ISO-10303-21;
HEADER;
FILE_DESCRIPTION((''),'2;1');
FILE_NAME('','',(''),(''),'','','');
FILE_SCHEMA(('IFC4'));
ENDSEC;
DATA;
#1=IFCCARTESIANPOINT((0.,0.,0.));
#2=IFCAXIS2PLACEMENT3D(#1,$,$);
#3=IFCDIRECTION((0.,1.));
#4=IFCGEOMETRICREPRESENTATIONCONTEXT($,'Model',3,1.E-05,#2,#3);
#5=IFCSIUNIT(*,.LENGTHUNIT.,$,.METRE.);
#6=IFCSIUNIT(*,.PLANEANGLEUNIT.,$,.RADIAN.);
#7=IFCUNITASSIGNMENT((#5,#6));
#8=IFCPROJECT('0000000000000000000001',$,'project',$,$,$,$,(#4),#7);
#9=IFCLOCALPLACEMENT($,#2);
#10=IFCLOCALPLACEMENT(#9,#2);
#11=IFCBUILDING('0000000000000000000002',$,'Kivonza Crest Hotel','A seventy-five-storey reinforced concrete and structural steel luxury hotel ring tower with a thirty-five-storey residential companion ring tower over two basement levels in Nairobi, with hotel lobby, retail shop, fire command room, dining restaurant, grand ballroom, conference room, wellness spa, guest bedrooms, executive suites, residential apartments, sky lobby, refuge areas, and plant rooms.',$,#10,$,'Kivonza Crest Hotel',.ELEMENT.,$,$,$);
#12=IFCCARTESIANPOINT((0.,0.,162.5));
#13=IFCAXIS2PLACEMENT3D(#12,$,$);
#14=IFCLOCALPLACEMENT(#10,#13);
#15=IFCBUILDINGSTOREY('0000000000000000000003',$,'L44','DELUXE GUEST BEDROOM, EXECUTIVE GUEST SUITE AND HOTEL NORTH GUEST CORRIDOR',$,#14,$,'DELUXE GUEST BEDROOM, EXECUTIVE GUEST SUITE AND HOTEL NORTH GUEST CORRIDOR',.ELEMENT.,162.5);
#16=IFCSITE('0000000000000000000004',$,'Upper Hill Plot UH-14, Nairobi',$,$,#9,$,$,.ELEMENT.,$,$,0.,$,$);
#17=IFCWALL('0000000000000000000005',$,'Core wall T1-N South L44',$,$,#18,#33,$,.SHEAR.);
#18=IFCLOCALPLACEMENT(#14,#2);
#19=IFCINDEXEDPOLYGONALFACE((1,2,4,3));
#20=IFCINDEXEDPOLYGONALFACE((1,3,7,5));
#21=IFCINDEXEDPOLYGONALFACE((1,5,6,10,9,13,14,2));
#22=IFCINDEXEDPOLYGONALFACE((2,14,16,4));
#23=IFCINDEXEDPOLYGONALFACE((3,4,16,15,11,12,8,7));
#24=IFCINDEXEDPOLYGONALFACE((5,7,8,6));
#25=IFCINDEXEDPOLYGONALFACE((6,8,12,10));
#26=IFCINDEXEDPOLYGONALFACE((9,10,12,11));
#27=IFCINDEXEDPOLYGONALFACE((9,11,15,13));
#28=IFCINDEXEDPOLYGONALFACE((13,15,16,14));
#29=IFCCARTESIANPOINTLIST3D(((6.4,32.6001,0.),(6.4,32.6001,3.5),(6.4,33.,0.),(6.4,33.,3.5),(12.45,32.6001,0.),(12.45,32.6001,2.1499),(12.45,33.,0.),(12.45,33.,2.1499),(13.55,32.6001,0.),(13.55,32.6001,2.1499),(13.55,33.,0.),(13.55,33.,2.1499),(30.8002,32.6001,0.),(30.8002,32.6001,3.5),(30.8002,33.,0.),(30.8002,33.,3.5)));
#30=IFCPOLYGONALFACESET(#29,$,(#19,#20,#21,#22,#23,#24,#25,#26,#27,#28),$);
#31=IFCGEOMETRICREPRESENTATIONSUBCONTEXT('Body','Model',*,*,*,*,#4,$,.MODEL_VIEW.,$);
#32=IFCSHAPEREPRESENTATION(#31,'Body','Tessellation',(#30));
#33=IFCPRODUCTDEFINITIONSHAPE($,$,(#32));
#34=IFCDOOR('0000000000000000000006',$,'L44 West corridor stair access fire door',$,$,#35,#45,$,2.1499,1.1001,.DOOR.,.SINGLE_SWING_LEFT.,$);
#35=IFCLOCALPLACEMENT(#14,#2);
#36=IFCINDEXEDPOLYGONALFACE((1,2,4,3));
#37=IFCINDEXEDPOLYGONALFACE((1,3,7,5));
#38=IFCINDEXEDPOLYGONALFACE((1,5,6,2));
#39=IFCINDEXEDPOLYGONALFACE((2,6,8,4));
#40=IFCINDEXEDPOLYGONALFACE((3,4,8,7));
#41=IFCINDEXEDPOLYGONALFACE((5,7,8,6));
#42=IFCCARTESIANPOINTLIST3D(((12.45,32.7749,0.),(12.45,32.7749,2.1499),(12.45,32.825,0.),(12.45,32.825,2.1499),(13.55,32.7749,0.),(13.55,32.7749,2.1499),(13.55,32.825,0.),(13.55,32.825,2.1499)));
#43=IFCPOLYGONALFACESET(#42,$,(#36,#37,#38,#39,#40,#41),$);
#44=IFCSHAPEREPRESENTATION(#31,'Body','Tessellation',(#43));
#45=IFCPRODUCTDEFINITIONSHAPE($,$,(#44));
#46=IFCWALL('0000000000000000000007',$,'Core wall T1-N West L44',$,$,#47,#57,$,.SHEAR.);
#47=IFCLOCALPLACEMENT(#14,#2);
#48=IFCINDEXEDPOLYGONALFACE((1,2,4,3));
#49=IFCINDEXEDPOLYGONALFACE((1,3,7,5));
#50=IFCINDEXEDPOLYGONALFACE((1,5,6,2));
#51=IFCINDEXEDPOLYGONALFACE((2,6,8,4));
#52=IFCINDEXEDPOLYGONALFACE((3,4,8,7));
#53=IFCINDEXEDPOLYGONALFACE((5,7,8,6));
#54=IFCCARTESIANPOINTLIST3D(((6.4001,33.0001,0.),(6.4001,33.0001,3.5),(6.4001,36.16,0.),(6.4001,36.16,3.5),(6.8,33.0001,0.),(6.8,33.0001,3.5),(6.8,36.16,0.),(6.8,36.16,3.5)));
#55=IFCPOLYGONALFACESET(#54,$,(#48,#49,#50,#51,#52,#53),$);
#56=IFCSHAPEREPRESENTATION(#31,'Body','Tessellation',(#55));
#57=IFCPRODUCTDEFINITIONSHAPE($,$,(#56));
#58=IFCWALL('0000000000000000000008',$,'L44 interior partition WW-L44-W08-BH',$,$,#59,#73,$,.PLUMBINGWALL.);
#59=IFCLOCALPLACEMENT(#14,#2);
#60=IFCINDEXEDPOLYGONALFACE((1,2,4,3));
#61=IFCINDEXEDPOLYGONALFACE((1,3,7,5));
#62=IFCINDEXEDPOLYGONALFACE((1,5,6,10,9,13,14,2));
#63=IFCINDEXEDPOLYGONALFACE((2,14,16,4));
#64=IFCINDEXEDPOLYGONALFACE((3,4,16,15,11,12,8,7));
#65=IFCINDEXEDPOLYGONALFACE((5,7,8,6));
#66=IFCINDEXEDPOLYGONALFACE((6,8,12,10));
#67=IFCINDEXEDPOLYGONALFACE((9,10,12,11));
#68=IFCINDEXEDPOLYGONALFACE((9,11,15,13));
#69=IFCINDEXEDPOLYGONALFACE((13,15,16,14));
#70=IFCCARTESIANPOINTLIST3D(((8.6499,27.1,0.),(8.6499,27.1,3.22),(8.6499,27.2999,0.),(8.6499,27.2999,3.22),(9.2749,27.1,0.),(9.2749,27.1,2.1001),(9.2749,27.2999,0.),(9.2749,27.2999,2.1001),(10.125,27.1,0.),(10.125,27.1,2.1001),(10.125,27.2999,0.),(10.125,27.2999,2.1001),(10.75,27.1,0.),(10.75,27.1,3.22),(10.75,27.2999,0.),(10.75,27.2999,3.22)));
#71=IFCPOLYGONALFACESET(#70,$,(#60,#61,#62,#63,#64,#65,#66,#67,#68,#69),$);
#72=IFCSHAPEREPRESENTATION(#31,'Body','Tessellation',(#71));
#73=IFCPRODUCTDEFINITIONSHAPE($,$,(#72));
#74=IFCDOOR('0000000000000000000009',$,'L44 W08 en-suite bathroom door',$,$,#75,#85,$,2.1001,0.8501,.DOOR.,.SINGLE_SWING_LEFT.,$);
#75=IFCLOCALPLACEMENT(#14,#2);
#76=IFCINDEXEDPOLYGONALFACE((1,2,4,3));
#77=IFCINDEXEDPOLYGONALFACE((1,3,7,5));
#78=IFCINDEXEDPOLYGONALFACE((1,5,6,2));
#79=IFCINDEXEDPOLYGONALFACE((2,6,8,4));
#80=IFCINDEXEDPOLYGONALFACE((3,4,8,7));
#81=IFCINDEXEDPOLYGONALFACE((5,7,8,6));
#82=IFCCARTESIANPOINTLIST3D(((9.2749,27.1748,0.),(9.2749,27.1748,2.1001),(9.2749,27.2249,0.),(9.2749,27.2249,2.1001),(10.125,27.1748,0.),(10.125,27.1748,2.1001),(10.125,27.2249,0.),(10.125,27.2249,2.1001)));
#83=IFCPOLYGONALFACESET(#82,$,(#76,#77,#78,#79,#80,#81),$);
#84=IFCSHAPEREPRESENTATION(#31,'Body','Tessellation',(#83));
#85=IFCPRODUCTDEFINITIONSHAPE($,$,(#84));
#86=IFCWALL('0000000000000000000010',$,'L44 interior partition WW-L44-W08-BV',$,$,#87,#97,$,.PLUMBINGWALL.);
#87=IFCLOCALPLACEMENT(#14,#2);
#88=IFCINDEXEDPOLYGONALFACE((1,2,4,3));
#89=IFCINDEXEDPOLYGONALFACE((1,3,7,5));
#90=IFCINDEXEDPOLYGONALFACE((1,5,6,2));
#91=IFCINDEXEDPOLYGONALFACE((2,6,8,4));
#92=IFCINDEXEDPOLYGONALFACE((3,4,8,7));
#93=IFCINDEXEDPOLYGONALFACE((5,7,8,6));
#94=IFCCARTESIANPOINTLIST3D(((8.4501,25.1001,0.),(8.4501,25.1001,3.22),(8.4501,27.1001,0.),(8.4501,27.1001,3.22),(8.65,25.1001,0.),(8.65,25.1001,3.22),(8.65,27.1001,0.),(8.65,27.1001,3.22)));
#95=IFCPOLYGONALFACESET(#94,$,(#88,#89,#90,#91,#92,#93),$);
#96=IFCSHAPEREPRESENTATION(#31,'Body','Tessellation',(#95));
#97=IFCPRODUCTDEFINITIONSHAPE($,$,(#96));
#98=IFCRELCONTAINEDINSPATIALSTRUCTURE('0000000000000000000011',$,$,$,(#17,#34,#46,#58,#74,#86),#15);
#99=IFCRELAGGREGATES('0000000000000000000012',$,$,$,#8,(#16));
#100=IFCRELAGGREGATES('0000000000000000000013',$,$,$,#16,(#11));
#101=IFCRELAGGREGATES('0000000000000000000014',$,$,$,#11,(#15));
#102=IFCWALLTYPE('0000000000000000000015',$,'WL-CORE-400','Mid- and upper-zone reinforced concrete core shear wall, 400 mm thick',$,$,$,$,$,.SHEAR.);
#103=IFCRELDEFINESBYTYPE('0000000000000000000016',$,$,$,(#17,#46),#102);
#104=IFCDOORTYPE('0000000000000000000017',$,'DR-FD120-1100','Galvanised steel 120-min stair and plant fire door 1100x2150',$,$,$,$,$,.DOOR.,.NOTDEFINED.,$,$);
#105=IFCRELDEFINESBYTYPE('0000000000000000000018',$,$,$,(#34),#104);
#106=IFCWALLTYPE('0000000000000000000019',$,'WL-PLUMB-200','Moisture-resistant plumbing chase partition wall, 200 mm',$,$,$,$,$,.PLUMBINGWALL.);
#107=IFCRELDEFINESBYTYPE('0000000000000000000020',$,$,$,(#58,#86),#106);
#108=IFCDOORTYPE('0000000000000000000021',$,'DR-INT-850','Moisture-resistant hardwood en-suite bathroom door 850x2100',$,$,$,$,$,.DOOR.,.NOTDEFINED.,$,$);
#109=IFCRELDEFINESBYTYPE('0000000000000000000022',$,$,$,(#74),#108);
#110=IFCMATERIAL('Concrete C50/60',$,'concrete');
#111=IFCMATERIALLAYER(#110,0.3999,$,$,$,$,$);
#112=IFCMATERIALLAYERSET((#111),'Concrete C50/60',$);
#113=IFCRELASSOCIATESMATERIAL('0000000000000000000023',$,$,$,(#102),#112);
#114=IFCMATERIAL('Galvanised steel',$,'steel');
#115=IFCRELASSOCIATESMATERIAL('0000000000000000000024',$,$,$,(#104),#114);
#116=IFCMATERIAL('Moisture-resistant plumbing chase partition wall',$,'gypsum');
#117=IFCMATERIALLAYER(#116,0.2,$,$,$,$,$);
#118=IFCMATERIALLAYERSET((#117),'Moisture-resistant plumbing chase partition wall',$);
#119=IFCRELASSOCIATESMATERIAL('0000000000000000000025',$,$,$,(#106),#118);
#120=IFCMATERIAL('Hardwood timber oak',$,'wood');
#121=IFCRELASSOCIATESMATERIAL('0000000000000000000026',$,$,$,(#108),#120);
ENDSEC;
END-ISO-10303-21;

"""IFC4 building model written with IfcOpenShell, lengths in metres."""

from ifc_helpers import new_model, si_unit, direction, frame, frame_2d, origin, place, context, subcontext, project, spatial, rectangle, extrude, material, layer, layer_set, type_object, element, fill, save


model = new_model("IFC4")

# Units and contexts
model_context = context("Model", 3, precision=1e-05, world=origin(), true_north=direction((0.0, 1.0)))
body_context = subcontext(model_context, "Body", "Model", "MODEL_VIEW")
ifc_project = project(units=[si_unit("LENGTHUNIT", "METRE"), si_unit("PLANEANGLEUNIT", "RADIAN")], contexts=[model_context])

# Site, building, storey
site_placement = place(None, origin())
site = spatial("IfcSite", under=ifc_project, at=site_placement, Name="Upper Hill Plot UH-14, Nairobi", CompositionType="ELEMENT", RefElevation=0.0)
building_placement = place(site_placement, origin())
building = spatial("IfcBuilding", under=site, at=building_placement, Name="Kivonza Crest Hotel", Description="A seventy-five-storey reinforced concrete and structural steel luxury hotel ring tower with a thirty-five-storey residential companion ring tower over two basement levels in Nairobi, with hotel lobby, retail shop, fire command room, dining restaurant, grand ballroom, conference room, wellness spa, guest bedrooms, executive suites, residential apartments, sky lobby, refuge areas, and plant rooms.", LongName="Kivonza Crest Hotel", CompositionType="ELEMENT")
storey_placement = place(building_placement, frame((0.0, 0.0, 162.5)))
storey = spatial("IfcBuildingStorey", under=building, at=storey_placement, Name="L44", Description="DELUXE GUEST BEDROOM, EXECUTIVE GUEST SUITE AND HOTEL NORTH GUEST CORRIDOR", LongName="DELUXE GUEST BEDROOM, EXECUTIVE GUEST SUITE AND HOTEL NORTH GUEST CORRIDOR", CompositionType="ELEMENT", Elevation=162.5)

# Shared definitions
ifc_material_1 = material(Name="Concrete C50/60", Category="concrete")

# Wall, opening, door
ifc_layer_1 = layer(ifc_material_1, 0.3999)
ifc_layer_set_1 = layer_set([ifc_layer_1], Name="Concrete C50/60")
wall_type_1 = type_object("IfcWallType", Name="WL-CORE-400", Description="Mid- and upper-zone reinforced concrete core shear wall, 400 mm thick", PredefinedType="SHEAR", material=ifc_layer_set_1)
wall_1_placement = place(storey_placement, frame((6.3999, 32.8, 0.0), z_axis=(0.0, 0.0, 1.0), x_axis=(1.0, 0.0, 0.0)))
wall_1 = element("IfcWall", 1, at=wall_1_placement, inside=storey, type_object=wall_type_1, Name="Core wall T1-N South L44", PredefinedType="SHEAR", context=body_context, shape_type="SweptSolid", body=[
    extrude(rectangle(XDim=24.4001, YDim=0.3999, at=frame_2d((12.2002, 0.0))), origin(), (0.0, 0.0, 1.0), 3.5),
])
opening_1_placement = place(wall_1_placement, frame((6.05, 0.0, 0.0)))
opening_1 = element("IfcOpeningElement", 2, at=opening_1_placement, cuts=wall_1, PredefinedType="OPENING", context=body_context, shape_type="SweptSolid", body=[
    extrude(rectangle(XDim=1.1001, YDim=2.1499, at=frame_2d((0.55, 1.075))), frame((0.0, 0.21, 0.0), z_axis=(0.0, -1.0, 0.0), x_axis=(1.0, 0.0, 0.0)), (0.0, 0.0, 1.0), 0.4199),
])
ifc_material_2 = material(Name="Galvanised steel", Category="steel")
door_type_1 = type_object("IfcDoorType", Name="DR-FD120-1100", Description="Galvanised steel 120-min stair and plant fire door 1100x2150", OperationType="NOTDEFINED", PredefinedType="DOOR", material=ifc_material_2)
door_1_placement = place(opening_1_placement, origin())
door_1 = element("IfcDoor", 3, at=door_1_placement, inside=storey, type_object=door_type_1, Name="L44 West corridor stair access fire door", OperationType="SINGLE_SWING_LEFT", OverallHeight=2.1499, OverallWidth=1.1001, PredefinedType="DOOR", context=body_context, shape_type="SweptSolid", body=[
    extrude(rectangle(XDim=1.1001, YDim=2.1499, at=frame_2d((0.55, 1.075))), frame((0.0, 0.0249, 0.0), z_axis=(0.0, -1.0, 0.0), x_axis=(1.0, 0.0, 0.0)), (0.0, 0.0, 1.0), 0.05),
])
fill(opening_1, door_1)

# Wall
wall_2_placement = place(storey_placement, frame((6.6001, 33.0, 0.0), z_axis=(0.0, 0.0, 1.0), x_axis=(0.0, 1.0, 0.0)))
element("IfcWall", 4, at=wall_2_placement, inside=storey, type_object=wall_type_1, Name="Core wall T1-N West L44", PredefinedType="SHEAR", context=body_context, shape_type="SweptSolid", body=[
    extrude(rectangle(XDim=3.1599, YDim=0.3999, at=frame_2d((1.5801, 0.0))), origin(), (0.0, 0.0, 1.0), 3.5),
])

# Wall, opening, door
ifc_material_3 = material(Name="Moisture-resistant plumbing chase partition wall", Category="gypsum")
ifc_layer_2 = layer(ifc_material_3, 0.2)
ifc_layer_set_2 = layer_set([ifc_layer_2], Name="Moisture-resistant plumbing chase partition wall")
wall_type_2 = type_object("IfcWallType", Name="WL-PLUMB-200", Description="Moisture-resistant plumbing chase partition wall, 200 mm", PredefinedType="PLUMBINGWALL", material=ifc_layer_set_2)
wall_3_placement = place(storey_placement, frame((8.6499, 27.2, 0.0), z_axis=(0.0, 0.0, 1.0), x_axis=(1.0, 0.0, 0.0)))
wall_3 = element("IfcWall", 5, at=wall_3_placement, inside=storey, type_object=wall_type_2, Name="L44 interior partition WW-L44-W08-BH", PredefinedType="PLUMBINGWALL", context=body_context, shape_type="SweptSolid", body=[
    extrude(rectangle(XDim=2.1001, YDim=0.2, at=frame_2d((1.05, 0.0))), origin(), (0.0, 0.0, 1.0), 3.22),
])
opening_2_placement = place(wall_3_placement, frame((0.625, 0.0, 0.0)))
opening_2 = element("IfcOpeningElement", 6, at=opening_2_placement, cuts=wall_3, PredefinedType="OPENING", context=body_context, shape_type="SweptSolid", body=[
    extrude(rectangle(XDim=0.8501, YDim=2.1001, at=frame_2d((0.425, 1.05))), frame((0.0, 0.1099, 0.0), z_axis=(0.0, -1.0, 0.0), x_axis=(1.0, 0.0, 0.0)), (0.0, 0.0, 1.0), 0.22),
])
ifc_material_4 = material(Name="Hardwood timber oak", Category="wood")
door_type_2 = type_object("IfcDoorType", Name="DR-INT-850", Description="Moisture-resistant hardwood en-suite bathroom door 850x2100", OperationType="NOTDEFINED", PredefinedType="DOOR", material=ifc_material_4)
door_2_placement = place(opening_2_placement, origin())
door_2 = element("IfcDoor", 7, at=door_2_placement, inside=storey, type_object=door_type_2, Name="L44 W08 en-suite bathroom door", OperationType="SINGLE_SWING_LEFT", OverallHeight=2.1001, OverallWidth=0.8501, PredefinedType="DOOR", context=body_context, shape_type="SweptSolid", body=[
    extrude(rectangle(XDim=0.8501, YDim=2.1001, at=frame_2d((0.425, 1.05))), frame((0.0, 0.0249, 0.0), z_axis=(0.0, -1.0, 0.0), x_axis=(1.0, 0.0, 0.0)), (0.0, 0.0, 1.0), 0.05),
])
fill(opening_2, door_2)

# Wall
wall_4_placement = place(storey_placement, frame((8.55, 25.1001, 0.0), z_axis=(0.0, 0.0, 1.0), x_axis=(0.0, 1.0, 0.0)))
element("IfcWall", 8, at=wall_4_placement, inside=storey, type_object=wall_type_2, Name="L44 interior partition WW-L44-W08-BV", PredefinedType="PLUMBINGWALL", context=body_context, shape_type="SweptSolid", body=[
    extrude(rectangle(XDim=2.0, YDim=0.2, at=frame_2d((1.0, 0.0))), origin(), (0.0, 0.0, 1.0), 3.22),
])

save(model, "model.ifc")
